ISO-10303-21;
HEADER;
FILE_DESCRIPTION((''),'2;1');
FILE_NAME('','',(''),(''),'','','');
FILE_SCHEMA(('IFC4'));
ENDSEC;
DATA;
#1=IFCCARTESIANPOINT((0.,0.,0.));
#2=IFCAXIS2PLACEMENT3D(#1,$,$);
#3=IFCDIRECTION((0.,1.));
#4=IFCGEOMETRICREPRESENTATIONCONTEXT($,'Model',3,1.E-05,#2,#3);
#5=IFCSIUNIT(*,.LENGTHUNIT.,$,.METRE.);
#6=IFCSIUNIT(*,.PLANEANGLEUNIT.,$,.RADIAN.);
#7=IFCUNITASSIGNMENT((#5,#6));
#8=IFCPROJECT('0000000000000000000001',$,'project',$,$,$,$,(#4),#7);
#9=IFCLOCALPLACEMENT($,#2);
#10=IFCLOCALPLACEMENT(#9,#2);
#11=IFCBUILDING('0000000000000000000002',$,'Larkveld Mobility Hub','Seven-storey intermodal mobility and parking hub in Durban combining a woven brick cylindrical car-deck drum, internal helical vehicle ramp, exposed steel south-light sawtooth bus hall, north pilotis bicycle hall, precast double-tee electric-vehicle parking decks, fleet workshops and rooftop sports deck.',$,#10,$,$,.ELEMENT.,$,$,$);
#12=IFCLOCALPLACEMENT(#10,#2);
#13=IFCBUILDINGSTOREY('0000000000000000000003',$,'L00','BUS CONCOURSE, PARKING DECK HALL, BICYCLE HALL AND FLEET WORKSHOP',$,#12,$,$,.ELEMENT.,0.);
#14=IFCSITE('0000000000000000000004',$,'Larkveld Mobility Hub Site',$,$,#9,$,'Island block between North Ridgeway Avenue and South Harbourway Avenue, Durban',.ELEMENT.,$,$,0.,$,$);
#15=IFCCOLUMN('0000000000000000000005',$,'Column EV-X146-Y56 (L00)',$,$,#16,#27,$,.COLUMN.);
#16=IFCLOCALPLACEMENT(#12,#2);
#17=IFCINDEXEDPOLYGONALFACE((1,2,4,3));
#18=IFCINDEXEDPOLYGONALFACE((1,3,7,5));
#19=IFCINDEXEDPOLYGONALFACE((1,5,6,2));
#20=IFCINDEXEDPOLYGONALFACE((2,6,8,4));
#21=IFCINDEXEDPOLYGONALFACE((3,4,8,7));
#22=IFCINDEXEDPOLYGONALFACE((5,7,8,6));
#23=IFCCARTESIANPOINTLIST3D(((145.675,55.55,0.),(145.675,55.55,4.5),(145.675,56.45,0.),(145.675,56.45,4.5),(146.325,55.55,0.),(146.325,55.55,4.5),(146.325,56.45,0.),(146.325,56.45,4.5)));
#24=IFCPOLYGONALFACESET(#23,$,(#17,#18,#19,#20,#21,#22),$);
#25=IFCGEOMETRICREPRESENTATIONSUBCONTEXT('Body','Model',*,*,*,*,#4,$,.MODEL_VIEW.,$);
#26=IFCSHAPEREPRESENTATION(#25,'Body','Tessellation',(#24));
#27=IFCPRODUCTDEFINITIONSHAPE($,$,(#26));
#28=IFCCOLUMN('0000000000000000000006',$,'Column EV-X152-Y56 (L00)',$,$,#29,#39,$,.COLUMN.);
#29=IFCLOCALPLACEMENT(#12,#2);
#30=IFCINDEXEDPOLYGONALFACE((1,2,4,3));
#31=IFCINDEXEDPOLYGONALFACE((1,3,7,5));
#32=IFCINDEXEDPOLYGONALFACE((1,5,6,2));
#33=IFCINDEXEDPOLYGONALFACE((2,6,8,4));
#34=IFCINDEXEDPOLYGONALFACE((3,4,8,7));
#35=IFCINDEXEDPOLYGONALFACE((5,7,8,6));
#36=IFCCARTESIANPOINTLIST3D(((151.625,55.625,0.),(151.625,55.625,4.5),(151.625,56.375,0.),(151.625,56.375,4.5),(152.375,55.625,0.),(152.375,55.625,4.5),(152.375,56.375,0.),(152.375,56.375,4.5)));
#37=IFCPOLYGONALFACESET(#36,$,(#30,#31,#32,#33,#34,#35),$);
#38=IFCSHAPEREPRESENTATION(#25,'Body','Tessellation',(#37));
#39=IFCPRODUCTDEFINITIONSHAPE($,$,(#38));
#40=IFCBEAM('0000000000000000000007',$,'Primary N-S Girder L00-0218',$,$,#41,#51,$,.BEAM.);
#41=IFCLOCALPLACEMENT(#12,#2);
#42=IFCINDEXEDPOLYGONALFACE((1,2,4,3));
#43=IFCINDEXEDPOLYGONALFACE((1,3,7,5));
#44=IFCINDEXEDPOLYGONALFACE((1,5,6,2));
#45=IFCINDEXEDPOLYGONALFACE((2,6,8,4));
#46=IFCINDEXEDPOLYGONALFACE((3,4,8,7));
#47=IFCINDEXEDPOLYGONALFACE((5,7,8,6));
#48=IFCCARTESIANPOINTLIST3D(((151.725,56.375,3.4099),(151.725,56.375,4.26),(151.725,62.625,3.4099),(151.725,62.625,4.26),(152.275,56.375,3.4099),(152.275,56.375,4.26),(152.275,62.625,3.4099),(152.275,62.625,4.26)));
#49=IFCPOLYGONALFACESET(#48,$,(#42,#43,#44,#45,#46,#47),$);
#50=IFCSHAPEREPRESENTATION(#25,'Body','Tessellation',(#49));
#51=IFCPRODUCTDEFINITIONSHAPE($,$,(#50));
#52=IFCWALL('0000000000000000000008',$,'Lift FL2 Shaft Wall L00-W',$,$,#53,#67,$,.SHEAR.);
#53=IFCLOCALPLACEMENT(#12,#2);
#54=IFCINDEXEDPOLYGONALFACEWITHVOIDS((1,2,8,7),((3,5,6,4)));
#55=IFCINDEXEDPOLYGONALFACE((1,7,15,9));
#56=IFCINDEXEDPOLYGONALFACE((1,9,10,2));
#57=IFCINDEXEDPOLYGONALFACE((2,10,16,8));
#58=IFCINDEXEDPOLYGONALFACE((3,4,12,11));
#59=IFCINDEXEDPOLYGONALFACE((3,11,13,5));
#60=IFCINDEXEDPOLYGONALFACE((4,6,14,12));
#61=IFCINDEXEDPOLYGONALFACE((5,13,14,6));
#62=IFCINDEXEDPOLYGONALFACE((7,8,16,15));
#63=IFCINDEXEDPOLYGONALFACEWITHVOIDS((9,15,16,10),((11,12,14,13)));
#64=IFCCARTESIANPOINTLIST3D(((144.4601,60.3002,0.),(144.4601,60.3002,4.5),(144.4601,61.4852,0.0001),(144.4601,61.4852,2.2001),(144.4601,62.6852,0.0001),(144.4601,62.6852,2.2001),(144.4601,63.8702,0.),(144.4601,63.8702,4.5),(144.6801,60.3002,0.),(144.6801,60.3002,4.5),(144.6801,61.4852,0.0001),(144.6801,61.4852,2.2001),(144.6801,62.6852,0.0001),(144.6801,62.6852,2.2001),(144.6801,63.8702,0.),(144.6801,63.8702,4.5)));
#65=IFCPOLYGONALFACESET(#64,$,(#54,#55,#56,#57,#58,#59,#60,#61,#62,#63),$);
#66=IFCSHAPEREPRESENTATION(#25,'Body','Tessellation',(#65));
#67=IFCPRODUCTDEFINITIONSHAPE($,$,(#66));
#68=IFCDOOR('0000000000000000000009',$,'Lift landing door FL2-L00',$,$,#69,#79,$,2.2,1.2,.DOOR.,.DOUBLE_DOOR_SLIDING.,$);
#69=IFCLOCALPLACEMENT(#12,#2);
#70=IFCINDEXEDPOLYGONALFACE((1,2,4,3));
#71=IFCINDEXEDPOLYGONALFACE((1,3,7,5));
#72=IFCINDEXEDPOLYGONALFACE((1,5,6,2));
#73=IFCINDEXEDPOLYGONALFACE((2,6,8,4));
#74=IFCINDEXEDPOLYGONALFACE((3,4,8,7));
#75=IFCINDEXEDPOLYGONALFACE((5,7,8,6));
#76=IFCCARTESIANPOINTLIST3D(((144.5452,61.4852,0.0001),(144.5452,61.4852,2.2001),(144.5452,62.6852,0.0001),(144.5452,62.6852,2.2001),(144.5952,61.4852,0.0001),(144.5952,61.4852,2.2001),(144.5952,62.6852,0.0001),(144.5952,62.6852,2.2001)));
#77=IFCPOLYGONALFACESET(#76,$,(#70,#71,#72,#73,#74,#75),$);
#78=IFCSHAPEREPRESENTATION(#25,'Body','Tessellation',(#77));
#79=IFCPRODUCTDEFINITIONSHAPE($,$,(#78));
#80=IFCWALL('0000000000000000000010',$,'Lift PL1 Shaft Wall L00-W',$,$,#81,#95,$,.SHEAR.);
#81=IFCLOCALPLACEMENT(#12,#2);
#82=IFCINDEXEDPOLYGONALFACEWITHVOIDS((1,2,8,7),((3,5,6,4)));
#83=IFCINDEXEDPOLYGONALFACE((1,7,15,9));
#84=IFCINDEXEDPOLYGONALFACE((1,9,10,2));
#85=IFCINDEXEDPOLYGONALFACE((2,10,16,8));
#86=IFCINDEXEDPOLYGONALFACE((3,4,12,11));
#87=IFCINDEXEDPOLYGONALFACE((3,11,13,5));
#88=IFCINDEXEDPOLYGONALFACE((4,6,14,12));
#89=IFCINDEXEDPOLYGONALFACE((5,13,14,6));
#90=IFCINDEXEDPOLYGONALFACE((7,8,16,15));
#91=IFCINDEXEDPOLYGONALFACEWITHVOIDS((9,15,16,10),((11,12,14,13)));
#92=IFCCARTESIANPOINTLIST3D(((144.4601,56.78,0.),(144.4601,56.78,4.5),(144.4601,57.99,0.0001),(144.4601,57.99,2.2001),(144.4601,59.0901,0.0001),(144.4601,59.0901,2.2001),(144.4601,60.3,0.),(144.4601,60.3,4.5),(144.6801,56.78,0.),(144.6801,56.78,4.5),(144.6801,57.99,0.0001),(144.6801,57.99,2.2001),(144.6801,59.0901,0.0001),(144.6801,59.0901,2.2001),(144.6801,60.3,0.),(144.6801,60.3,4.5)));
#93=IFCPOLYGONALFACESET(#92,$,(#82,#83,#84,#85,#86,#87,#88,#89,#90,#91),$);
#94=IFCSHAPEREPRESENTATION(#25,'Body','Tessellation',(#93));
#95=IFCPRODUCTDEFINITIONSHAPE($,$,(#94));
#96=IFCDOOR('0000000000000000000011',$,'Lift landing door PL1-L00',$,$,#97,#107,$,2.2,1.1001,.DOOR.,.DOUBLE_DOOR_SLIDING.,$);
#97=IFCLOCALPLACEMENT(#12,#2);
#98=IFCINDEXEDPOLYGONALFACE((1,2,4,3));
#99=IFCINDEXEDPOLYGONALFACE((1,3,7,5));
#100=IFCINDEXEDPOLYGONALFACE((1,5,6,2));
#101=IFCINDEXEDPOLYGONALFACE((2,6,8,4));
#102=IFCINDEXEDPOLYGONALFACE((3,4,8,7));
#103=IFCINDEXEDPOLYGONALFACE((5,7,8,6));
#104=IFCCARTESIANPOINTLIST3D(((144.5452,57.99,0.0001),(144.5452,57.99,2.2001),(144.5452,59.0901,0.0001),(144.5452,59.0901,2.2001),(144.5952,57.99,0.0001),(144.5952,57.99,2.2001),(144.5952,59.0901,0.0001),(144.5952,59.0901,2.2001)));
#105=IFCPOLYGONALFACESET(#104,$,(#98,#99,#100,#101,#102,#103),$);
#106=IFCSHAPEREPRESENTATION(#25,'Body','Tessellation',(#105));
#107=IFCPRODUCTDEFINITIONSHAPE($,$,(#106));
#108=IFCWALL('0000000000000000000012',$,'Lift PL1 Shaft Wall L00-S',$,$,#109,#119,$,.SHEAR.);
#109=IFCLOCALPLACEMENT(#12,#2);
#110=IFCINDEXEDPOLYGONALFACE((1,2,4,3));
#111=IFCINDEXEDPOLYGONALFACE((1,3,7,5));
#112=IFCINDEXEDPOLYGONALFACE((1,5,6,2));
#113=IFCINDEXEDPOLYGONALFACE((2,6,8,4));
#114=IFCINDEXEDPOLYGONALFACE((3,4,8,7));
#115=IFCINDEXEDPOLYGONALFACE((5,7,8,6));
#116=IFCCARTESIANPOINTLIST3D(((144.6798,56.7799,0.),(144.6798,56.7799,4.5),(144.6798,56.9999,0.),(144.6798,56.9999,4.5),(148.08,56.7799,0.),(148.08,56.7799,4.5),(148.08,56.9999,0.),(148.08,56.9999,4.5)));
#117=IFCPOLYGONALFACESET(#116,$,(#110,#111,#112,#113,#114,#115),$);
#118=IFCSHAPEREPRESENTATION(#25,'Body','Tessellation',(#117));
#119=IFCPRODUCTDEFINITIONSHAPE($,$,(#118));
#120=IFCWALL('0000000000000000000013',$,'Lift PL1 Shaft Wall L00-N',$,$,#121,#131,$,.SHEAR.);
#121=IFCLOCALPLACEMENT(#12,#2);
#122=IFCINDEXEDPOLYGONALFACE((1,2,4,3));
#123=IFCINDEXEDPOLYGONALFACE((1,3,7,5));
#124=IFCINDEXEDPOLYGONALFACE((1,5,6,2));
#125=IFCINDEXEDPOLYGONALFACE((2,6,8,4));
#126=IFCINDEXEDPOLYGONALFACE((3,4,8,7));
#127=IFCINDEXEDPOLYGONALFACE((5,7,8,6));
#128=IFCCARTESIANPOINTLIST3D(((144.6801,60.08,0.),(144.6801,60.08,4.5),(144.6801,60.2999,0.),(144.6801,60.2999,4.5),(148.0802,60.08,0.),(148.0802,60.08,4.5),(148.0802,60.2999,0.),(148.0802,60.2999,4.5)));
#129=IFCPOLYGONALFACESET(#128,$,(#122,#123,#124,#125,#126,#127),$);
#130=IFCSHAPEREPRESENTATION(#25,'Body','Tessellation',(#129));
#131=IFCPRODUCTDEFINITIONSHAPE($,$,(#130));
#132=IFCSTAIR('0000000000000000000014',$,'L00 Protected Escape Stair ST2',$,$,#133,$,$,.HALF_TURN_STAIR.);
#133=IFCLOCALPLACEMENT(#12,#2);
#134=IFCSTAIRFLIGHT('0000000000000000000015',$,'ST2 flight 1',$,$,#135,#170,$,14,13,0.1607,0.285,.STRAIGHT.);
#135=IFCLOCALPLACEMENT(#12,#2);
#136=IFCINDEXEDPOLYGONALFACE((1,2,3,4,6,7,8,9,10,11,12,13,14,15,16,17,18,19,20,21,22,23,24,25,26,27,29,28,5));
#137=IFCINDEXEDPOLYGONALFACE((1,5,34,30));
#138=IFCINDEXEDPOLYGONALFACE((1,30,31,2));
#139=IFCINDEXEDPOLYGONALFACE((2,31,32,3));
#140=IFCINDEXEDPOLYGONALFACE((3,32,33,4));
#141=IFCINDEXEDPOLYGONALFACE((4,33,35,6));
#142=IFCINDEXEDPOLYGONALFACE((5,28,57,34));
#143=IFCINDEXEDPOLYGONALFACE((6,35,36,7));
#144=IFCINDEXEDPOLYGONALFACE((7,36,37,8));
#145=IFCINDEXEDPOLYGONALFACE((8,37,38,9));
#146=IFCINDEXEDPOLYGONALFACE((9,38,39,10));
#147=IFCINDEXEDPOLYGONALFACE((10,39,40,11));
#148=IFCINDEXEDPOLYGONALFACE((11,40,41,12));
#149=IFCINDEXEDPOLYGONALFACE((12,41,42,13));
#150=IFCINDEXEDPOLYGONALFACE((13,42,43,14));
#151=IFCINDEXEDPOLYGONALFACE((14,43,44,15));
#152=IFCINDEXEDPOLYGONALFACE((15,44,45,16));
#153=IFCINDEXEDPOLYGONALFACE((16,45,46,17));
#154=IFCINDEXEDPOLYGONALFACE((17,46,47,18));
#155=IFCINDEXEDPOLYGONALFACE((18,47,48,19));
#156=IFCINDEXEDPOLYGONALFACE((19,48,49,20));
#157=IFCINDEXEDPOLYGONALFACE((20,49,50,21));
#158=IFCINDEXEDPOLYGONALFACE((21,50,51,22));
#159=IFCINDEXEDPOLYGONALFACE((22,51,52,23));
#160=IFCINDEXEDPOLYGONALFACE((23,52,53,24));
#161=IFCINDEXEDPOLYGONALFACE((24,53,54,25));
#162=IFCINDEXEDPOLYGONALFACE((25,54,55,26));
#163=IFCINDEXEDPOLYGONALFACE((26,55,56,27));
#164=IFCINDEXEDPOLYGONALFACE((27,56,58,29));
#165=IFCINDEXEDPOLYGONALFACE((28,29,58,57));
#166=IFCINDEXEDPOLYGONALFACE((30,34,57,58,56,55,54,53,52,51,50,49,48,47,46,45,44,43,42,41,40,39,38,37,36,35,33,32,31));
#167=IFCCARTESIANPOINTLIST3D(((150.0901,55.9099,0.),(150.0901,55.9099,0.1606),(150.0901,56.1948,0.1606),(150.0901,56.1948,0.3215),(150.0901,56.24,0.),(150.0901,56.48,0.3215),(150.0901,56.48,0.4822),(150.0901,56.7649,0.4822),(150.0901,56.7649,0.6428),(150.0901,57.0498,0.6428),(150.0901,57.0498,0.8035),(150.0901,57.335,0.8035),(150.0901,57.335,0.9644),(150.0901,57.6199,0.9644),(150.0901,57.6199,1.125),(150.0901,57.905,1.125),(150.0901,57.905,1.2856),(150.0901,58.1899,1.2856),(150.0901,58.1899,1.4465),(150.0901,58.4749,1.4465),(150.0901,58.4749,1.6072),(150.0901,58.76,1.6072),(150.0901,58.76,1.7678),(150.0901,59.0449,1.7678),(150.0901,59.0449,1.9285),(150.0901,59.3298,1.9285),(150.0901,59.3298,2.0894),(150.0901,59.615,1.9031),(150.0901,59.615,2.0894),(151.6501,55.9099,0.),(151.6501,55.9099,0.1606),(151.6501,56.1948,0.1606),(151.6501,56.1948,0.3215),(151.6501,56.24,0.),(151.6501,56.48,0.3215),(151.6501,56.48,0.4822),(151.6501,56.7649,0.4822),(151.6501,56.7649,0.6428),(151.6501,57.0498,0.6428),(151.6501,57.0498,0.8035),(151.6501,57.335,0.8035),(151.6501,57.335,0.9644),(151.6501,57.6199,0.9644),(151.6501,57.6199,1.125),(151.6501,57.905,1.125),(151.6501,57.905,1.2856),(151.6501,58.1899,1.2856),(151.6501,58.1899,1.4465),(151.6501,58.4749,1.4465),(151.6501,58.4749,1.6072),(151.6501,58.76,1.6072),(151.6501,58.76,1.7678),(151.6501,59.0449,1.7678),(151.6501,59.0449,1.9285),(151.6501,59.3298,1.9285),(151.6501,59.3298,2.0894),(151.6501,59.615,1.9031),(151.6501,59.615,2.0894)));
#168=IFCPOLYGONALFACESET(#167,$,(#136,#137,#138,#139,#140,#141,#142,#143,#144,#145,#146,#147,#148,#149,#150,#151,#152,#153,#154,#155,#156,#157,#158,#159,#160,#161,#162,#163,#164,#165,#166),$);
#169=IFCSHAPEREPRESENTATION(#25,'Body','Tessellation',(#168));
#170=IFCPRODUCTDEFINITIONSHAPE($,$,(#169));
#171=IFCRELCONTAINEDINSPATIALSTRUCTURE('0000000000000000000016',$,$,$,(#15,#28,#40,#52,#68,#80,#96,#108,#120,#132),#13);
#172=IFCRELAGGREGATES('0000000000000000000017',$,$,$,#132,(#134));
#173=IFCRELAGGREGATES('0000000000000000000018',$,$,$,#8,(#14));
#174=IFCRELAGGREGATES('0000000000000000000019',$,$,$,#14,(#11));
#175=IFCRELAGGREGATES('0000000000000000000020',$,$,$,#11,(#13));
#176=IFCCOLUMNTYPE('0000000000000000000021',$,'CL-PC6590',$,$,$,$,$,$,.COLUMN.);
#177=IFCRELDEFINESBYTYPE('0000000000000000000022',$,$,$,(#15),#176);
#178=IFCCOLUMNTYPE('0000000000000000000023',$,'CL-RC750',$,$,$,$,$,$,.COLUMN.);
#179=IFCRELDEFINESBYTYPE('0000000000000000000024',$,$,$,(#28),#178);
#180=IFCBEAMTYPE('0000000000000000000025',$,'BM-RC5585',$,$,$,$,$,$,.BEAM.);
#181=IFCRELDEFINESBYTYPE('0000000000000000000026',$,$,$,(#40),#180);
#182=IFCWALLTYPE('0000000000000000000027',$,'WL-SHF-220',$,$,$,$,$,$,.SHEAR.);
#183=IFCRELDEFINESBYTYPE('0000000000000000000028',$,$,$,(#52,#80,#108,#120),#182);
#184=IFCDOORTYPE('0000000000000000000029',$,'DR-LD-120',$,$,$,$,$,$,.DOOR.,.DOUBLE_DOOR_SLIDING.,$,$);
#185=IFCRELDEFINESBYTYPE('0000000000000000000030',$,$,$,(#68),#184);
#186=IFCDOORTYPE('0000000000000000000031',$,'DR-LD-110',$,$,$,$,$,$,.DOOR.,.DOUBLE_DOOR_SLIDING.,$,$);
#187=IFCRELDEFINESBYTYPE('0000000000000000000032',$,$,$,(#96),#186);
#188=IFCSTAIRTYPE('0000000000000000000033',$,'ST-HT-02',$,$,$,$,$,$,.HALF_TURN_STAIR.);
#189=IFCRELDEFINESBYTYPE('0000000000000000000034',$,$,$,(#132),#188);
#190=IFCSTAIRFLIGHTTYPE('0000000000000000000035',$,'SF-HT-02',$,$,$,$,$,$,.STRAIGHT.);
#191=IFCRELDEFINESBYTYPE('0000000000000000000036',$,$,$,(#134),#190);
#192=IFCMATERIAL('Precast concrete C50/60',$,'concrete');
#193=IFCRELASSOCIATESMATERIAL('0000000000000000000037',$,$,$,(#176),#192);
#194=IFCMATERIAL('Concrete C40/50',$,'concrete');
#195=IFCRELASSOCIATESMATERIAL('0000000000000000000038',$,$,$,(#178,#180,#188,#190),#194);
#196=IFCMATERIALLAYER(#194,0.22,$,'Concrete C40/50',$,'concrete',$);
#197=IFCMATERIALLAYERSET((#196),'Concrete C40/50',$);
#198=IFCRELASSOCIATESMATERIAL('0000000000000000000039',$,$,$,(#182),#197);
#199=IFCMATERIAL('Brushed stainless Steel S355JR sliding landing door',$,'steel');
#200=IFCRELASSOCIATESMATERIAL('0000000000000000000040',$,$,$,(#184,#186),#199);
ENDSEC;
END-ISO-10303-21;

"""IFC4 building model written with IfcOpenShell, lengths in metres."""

from ifc_helpers import new_model, si_unit, direction, frame, frame_2d, origin, origin_2d, place, context, subcontext, project, spatial, polyline, rectangle, outline, extrude, material, layer, layer_set, material_profile, profile_set, type_object, element, fill, aggregate, save


model = new_model("IFC4")

# Units and contexts
model_context = context("Model", 3, precision=1e-05, world=origin(), true_north=direction((0.0, 1.0)))
body_context = subcontext(model_context, "Body", "Model", "MODEL_VIEW")
ifc_project = project(units=[si_unit("LENGTHUNIT", "METRE"), si_unit("PLANEANGLEUNIT", "RADIAN")], contexts=[model_context])

# Site, building, storey
site_placement = place(None, origin())
site = spatial("IfcSite", under=ifc_project, at=site_placement, Name="Larkveld Mobility Hub Site", LongName="Island block between North Ridgeway Avenue and South Harbourway Avenue, Durban", CompositionType="ELEMENT", RefElevation=0.0)
building_placement = place(site_placement, origin())
building = spatial("IfcBuilding", under=site, at=building_placement, Name="Larkveld Mobility Hub", Description="Seven-storey intermodal mobility and parking hub in Durban combining a woven brick cylindrical car-deck drum, internal helical vehicle ramp, exposed steel south-light sawtooth bus hall, north pilotis bicycle hall, precast double-tee electric-vehicle parking decks, fleet workshops and rooftop sports deck.", CompositionType="ELEMENT")
storey_placement = place(building_placement, origin())
storey = spatial("IfcBuildingStorey", under=building, at=storey_placement, Name="L00", Description="BUS CONCOURSE, PARKING DECK HALL, BICYCLE HALL AND FLEET WORKSHOP", CompositionType="ELEMENT", Elevation=0.0)

# Columns
ifc_material_1 = material(Name="Precast concrete C50/60", Category="concrete")
ifc_material_profile_1 = material_profile(ifc_material_1, rectangle(XDim=0.6499, YDim=0.8999, at=origin_2d()), Name="RC COL 650x900")
ifc_profile_set_1 = profile_set([ifc_material_profile_1], Name="Precast concrete C50/60")
column_type_1 = type_object("IfcColumnType", Name="CL-PC6590", PredefinedType="COLUMN", material=ifc_profile_set_1)
column_1_placement = place(storey_placement, frame((146.0, 56.0, 0.0), z_axis=(0.0, 0.0, 1.0), x_axis=(1.0, 0.0, 0.0)))
element("IfcColumn", 1, at=column_1_placement, inside=storey, type_object=column_type_1, Name="Column EV-X146-Y56 (L00)", PredefinedType="COLUMN", context=body_context, shape_type="SweptSolid", body=[
    extrude(rectangle(XDim=0.6499, YDim=0.8999, at=origin_2d()), origin(), (0.0, 0.0, 1.0), 4.5),
])
ifc_material_2 = material(Name="Concrete C40/50", Category="concrete")
ifc_material_profile_2 = material_profile(ifc_material_2, rectangle(XDim=0.75, YDim=0.75, at=origin_2d()), Name="RC COL 750x750")
ifc_profile_set_2 = profile_set([ifc_material_profile_2], Name="Concrete C40/50")
column_type_2 = type_object("IfcColumnType", Name="CL-RC750", PredefinedType="COLUMN", material=ifc_profile_set_2)
column_2_placement = place(storey_placement, frame((152.0, 56.0, 0.0), z_axis=(0.0, 0.0, 1.0), x_axis=(1.0, 0.0, 0.0)))
element("IfcColumn", 2, at=column_2_placement, inside=storey, type_object=column_type_2, Name="Column EV-X152-Y56 (L00)", PredefinedType="COLUMN", context=body_context, shape_type="SweptSolid", body=[
    extrude(rectangle(XDim=0.75, YDim=0.75, at=origin_2d()), origin(), (0.0, 0.0, 1.0), 4.5),
])

# Beam
ifc_material_profile_3 = material_profile(ifc_material_2, rectangle(XDim=0.55, YDim=0.8501, at=origin_2d()), Name="RC BM 550x850")
ifc_profile_set_3 = profile_set([ifc_material_profile_3], Name="Concrete C40/50")
beam_type = type_object("IfcBeamType", Name="BM-RC5585", PredefinedType="BEAM", material=ifc_profile_set_3)
beam_placement = place(storey_placement, frame((152.0, 56.375, 3.835), z_axis=(0.0, 1.0, 0.0), x_axis=(-1.0, 0.0, 0.0)))
element("IfcBeam", 3, at=beam_placement, inside=storey, type_object=beam_type, Name="Primary N-S Girder L00-0218", PredefinedType="BEAM", context=body_context, shape_type="SweptSolid", body=[
    extrude(rectangle(XDim=0.55, YDim=0.8501, at=origin_2d()), origin(), (0.0, 0.0, 1.0), 6.25),
])

# Walls, openings, doors
ifc_layer = layer(ifc_material_2, 0.22, Name="Concrete C40/50", Category="concrete")
ifc_layer_set = layer_set([ifc_layer], Name="Concrete C40/50")
wall_type = type_object("IfcWallType", Name="WL-SHF-220", PredefinedType="SHEAR", material=ifc_layer_set)
wall_1_placement = place(storey_placement, frame((144.5701, 60.3, 0.0), z_axis=(0.0, 0.0, 1.0), x_axis=(0.0, 1.0, 0.0)))
wall_1 = element("IfcWall", 4, at=wall_1_placement, inside=storey, type_object=wall_type, Name="Lift FL2 Shaft Wall L00-W", PredefinedType="SHEAR", context=body_context, shape_type="SweptSolid", body=[
    extrude(rectangle(XDim=3.5701, YDim=0.22, at=frame_2d((1.7852, 0.0))), origin(), (0.0, 0.0, 1.0), 4.5),
])
opening_1_placement = place(wall_1_placement, frame((1.1851, 0.0, 0.0)))
opening_1 = element("IfcOpeningElement", 5, at=opening_1_placement, cuts=wall_1, PredefinedType="OPENING", context=body_context, shape_type="SweptSolid", body=[
    extrude(rectangle(XDim=1.2, YDim=2.2, at=frame_2d((0.6001, 1.1001))), frame((0.0, 0.1201, 0.0), z_axis=(0.0, -1.0, 0.0), x_axis=(1.0, 0.0, 0.0)), (0.0, 0.0, 1.0), 0.24),
])
ifc_material_3 = material(Name="Brushed stainless Steel S355JR sliding landing door", Category="steel")
door_type_1 = type_object("IfcDoorType", Name="DR-LD-120", OperationType="DOUBLE_DOOR_SLIDING", PredefinedType="DOOR", material=ifc_material_3)
door_1_placement = place(opening_1_placement, origin())
door_1 = element("IfcDoor", 6, at=door_1_placement, inside=storey, type_object=door_type_1, Name="Lift landing door FL2-L00", OperationType="DOUBLE_DOOR_SLIDING", OverallHeight=2.2, OverallWidth=1.2, PredefinedType="DOOR", context=body_context, shape_type="SweptSolid", body=[
    extrude(rectangle(XDim=1.2, YDim=2.2, at=frame_2d((0.6001, 1.1001))), frame((0.0, 0.0249, 0.0), z_axis=(0.0, -1.0, 0.0), x_axis=(1.0, 0.0, 0.0)), (0.0, 0.0, 1.0), 0.05),
])
fill(opening_1, door_1)
wall_2_placement = place(storey_placement, frame((144.5701, 56.78, 0.0), z_axis=(0.0, 0.0, 1.0), x_axis=(0.0, 1.0, 0.0)))
wall_2 = element("IfcWall", 7, at=wall_2_placement, inside=storey, type_object=wall_type, Name="Lift PL1 Shaft Wall L00-W", PredefinedType="SHEAR", context=body_context, shape_type="SweptSolid", body=[
    extrude(rectangle(XDim=3.52, YDim=0.22, at=frame_2d((1.76, 0.0))), origin(), (0.0, 0.0, 1.0), 4.5),
])
opening_2_placement = place(wall_2_placement, frame((1.21, 0.0, 0.0)))
opening_2 = element("IfcOpeningElement", 8, at=opening_2_placement, cuts=wall_2, PredefinedType="OPENING", context=body_context, shape_type="SweptSolid", body=[
    extrude(rectangle(XDim=1.1001, YDim=2.2, at=frame_2d((0.55, 1.1001))), frame((0.0, 0.1201, 0.0), z_axis=(0.0, -1.0, 0.0), x_axis=(1.0, 0.0, 0.0)), (0.0, 0.0, 1.0), 0.24),
])
door_type_2 = type_object("IfcDoorType", Name="DR-LD-110", OperationType="DOUBLE_DOOR_SLIDING", PredefinedType="DOOR", material=ifc_material_3)
door_2_placement = place(opening_2_placement, origin())
door_2 = element("IfcDoor", 9, at=door_2_placement, inside=storey, type_object=door_type_2, Name="Lift landing door PL1-L00", OperationType="DOUBLE_DOOR_SLIDING", OverallHeight=2.2, OverallWidth=1.1001, PredefinedType="DOOR", context=body_context, shape_type="SweptSolid", body=[
    extrude(rectangle(XDim=1.1001, YDim=2.2, at=frame_2d((0.55, 1.1001))), frame((0.0, 0.0249, 0.0), z_axis=(0.0, -1.0, 0.0), x_axis=(1.0, 0.0, 0.0)), (0.0, 0.0, 1.0), 0.05),
])
fill(opening_2, door_2)

# Walls
for number, where, z_axis, x_axis, name in (
    (10, (148.0801, 56.8899, 0.0), (0.0, 0.0, 1.0), (-1.0, 0.0, 0.0), "Lift PL1 Shaft Wall L00-S"),
    (11, (144.6799, 60.1899, 0.0), (0.0, 0.0, 1.0), (1.0, 0.0, 0.0), "Lift PL1 Shaft Wall L00-N"),
):
    element("IfcWall", number, at=place(storey_placement, frame(where, z_axis=z_axis, x_axis=x_axis)), inside=storey, type_object=wall_type, Name=name, PredefinedType="SHEAR", context=body_context, shape_type="SweptSolid", body=[
        extrude(rectangle(XDim=3.4001, YDim=0.22, at=frame_2d((1.7002, 0.0))), origin(), (0.0, 0.0, 1.0), 4.5),
    ])

# Stair, stair flight
stair_type = type_object("IfcStairType", Name="ST-HT-02", PredefinedType="HALF_TURN_STAIR", material=ifc_material_2)
stair_placement = place(storey_placement, origin())
stair = element("IfcStair", 12, at=stair_placement, inside=storey, type_object=stair_type, Name="L00 Protected Escape Stair ST2", PredefinedType="HALF_TURN_STAIR")
stair_flight_type = type_object("IfcStairFlightType", Name="SF-HT-02", PredefinedType="STRAIGHT", material=ifc_material_2)
stair_flight_1_placement = place(storey_placement, frame((150.8701, 55.9099, 0.0), z_axis=(0.0, 0.0, 1.0), x_axis=(0.0, 1.0, 0.0)))
stair_flight_1 = element("IfcStairFlight", 13, at=stair_flight_1_placement, type_object=stair_flight_type, Name="ST2 flight 1", NumberOfRisers=14, NumberOfTreads=13, PredefinedType="STRAIGHT", RiserHeight=0.1607, TreadLength=0.285, context=body_context, shape_type="SweptSolid", body=[
    extrude(outline(polyline([(0.0, 0.0), (0.0, 0.1606), (0.2849, 0.1606), (0.2849, 0.3215), (0.5701, 0.3215), (0.5701, 0.4822), (0.855, 0.4822), (0.855, 0.6428), (1.1399, 0.6428), (1.1399, 0.8035), (1.425, 0.8035), (1.425, 0.9644), (1.71, 0.9644), (1.71, 1.125), (1.9951, 1.125), (1.9951, 1.2856), (2.28, 1.2856), (2.28, 1.4465), (2.5649, 1.4465), (2.5649, 1.6072), (2.8501, 1.6072), (2.8501, 1.7678), (3.135, 1.7678), (3.135, 1.9285), (3.4199, 1.9285), (3.4199, 2.0894), (3.7051, 2.0894), (3.7051, 2.25), (3.7051, 1.9031), (0.3301, 0.0), (0.0, 0.0)])), frame((0.0, 0.78, 0.0), z_axis=(0.0, -1.0, 0.0), x_axis=(1.0, 0.0, 0.0)), (0.0, 0.0, 1.0), 1.5601),
])
aggregate(stair, [stair_flight_1])

save(model, "model.ifc")
